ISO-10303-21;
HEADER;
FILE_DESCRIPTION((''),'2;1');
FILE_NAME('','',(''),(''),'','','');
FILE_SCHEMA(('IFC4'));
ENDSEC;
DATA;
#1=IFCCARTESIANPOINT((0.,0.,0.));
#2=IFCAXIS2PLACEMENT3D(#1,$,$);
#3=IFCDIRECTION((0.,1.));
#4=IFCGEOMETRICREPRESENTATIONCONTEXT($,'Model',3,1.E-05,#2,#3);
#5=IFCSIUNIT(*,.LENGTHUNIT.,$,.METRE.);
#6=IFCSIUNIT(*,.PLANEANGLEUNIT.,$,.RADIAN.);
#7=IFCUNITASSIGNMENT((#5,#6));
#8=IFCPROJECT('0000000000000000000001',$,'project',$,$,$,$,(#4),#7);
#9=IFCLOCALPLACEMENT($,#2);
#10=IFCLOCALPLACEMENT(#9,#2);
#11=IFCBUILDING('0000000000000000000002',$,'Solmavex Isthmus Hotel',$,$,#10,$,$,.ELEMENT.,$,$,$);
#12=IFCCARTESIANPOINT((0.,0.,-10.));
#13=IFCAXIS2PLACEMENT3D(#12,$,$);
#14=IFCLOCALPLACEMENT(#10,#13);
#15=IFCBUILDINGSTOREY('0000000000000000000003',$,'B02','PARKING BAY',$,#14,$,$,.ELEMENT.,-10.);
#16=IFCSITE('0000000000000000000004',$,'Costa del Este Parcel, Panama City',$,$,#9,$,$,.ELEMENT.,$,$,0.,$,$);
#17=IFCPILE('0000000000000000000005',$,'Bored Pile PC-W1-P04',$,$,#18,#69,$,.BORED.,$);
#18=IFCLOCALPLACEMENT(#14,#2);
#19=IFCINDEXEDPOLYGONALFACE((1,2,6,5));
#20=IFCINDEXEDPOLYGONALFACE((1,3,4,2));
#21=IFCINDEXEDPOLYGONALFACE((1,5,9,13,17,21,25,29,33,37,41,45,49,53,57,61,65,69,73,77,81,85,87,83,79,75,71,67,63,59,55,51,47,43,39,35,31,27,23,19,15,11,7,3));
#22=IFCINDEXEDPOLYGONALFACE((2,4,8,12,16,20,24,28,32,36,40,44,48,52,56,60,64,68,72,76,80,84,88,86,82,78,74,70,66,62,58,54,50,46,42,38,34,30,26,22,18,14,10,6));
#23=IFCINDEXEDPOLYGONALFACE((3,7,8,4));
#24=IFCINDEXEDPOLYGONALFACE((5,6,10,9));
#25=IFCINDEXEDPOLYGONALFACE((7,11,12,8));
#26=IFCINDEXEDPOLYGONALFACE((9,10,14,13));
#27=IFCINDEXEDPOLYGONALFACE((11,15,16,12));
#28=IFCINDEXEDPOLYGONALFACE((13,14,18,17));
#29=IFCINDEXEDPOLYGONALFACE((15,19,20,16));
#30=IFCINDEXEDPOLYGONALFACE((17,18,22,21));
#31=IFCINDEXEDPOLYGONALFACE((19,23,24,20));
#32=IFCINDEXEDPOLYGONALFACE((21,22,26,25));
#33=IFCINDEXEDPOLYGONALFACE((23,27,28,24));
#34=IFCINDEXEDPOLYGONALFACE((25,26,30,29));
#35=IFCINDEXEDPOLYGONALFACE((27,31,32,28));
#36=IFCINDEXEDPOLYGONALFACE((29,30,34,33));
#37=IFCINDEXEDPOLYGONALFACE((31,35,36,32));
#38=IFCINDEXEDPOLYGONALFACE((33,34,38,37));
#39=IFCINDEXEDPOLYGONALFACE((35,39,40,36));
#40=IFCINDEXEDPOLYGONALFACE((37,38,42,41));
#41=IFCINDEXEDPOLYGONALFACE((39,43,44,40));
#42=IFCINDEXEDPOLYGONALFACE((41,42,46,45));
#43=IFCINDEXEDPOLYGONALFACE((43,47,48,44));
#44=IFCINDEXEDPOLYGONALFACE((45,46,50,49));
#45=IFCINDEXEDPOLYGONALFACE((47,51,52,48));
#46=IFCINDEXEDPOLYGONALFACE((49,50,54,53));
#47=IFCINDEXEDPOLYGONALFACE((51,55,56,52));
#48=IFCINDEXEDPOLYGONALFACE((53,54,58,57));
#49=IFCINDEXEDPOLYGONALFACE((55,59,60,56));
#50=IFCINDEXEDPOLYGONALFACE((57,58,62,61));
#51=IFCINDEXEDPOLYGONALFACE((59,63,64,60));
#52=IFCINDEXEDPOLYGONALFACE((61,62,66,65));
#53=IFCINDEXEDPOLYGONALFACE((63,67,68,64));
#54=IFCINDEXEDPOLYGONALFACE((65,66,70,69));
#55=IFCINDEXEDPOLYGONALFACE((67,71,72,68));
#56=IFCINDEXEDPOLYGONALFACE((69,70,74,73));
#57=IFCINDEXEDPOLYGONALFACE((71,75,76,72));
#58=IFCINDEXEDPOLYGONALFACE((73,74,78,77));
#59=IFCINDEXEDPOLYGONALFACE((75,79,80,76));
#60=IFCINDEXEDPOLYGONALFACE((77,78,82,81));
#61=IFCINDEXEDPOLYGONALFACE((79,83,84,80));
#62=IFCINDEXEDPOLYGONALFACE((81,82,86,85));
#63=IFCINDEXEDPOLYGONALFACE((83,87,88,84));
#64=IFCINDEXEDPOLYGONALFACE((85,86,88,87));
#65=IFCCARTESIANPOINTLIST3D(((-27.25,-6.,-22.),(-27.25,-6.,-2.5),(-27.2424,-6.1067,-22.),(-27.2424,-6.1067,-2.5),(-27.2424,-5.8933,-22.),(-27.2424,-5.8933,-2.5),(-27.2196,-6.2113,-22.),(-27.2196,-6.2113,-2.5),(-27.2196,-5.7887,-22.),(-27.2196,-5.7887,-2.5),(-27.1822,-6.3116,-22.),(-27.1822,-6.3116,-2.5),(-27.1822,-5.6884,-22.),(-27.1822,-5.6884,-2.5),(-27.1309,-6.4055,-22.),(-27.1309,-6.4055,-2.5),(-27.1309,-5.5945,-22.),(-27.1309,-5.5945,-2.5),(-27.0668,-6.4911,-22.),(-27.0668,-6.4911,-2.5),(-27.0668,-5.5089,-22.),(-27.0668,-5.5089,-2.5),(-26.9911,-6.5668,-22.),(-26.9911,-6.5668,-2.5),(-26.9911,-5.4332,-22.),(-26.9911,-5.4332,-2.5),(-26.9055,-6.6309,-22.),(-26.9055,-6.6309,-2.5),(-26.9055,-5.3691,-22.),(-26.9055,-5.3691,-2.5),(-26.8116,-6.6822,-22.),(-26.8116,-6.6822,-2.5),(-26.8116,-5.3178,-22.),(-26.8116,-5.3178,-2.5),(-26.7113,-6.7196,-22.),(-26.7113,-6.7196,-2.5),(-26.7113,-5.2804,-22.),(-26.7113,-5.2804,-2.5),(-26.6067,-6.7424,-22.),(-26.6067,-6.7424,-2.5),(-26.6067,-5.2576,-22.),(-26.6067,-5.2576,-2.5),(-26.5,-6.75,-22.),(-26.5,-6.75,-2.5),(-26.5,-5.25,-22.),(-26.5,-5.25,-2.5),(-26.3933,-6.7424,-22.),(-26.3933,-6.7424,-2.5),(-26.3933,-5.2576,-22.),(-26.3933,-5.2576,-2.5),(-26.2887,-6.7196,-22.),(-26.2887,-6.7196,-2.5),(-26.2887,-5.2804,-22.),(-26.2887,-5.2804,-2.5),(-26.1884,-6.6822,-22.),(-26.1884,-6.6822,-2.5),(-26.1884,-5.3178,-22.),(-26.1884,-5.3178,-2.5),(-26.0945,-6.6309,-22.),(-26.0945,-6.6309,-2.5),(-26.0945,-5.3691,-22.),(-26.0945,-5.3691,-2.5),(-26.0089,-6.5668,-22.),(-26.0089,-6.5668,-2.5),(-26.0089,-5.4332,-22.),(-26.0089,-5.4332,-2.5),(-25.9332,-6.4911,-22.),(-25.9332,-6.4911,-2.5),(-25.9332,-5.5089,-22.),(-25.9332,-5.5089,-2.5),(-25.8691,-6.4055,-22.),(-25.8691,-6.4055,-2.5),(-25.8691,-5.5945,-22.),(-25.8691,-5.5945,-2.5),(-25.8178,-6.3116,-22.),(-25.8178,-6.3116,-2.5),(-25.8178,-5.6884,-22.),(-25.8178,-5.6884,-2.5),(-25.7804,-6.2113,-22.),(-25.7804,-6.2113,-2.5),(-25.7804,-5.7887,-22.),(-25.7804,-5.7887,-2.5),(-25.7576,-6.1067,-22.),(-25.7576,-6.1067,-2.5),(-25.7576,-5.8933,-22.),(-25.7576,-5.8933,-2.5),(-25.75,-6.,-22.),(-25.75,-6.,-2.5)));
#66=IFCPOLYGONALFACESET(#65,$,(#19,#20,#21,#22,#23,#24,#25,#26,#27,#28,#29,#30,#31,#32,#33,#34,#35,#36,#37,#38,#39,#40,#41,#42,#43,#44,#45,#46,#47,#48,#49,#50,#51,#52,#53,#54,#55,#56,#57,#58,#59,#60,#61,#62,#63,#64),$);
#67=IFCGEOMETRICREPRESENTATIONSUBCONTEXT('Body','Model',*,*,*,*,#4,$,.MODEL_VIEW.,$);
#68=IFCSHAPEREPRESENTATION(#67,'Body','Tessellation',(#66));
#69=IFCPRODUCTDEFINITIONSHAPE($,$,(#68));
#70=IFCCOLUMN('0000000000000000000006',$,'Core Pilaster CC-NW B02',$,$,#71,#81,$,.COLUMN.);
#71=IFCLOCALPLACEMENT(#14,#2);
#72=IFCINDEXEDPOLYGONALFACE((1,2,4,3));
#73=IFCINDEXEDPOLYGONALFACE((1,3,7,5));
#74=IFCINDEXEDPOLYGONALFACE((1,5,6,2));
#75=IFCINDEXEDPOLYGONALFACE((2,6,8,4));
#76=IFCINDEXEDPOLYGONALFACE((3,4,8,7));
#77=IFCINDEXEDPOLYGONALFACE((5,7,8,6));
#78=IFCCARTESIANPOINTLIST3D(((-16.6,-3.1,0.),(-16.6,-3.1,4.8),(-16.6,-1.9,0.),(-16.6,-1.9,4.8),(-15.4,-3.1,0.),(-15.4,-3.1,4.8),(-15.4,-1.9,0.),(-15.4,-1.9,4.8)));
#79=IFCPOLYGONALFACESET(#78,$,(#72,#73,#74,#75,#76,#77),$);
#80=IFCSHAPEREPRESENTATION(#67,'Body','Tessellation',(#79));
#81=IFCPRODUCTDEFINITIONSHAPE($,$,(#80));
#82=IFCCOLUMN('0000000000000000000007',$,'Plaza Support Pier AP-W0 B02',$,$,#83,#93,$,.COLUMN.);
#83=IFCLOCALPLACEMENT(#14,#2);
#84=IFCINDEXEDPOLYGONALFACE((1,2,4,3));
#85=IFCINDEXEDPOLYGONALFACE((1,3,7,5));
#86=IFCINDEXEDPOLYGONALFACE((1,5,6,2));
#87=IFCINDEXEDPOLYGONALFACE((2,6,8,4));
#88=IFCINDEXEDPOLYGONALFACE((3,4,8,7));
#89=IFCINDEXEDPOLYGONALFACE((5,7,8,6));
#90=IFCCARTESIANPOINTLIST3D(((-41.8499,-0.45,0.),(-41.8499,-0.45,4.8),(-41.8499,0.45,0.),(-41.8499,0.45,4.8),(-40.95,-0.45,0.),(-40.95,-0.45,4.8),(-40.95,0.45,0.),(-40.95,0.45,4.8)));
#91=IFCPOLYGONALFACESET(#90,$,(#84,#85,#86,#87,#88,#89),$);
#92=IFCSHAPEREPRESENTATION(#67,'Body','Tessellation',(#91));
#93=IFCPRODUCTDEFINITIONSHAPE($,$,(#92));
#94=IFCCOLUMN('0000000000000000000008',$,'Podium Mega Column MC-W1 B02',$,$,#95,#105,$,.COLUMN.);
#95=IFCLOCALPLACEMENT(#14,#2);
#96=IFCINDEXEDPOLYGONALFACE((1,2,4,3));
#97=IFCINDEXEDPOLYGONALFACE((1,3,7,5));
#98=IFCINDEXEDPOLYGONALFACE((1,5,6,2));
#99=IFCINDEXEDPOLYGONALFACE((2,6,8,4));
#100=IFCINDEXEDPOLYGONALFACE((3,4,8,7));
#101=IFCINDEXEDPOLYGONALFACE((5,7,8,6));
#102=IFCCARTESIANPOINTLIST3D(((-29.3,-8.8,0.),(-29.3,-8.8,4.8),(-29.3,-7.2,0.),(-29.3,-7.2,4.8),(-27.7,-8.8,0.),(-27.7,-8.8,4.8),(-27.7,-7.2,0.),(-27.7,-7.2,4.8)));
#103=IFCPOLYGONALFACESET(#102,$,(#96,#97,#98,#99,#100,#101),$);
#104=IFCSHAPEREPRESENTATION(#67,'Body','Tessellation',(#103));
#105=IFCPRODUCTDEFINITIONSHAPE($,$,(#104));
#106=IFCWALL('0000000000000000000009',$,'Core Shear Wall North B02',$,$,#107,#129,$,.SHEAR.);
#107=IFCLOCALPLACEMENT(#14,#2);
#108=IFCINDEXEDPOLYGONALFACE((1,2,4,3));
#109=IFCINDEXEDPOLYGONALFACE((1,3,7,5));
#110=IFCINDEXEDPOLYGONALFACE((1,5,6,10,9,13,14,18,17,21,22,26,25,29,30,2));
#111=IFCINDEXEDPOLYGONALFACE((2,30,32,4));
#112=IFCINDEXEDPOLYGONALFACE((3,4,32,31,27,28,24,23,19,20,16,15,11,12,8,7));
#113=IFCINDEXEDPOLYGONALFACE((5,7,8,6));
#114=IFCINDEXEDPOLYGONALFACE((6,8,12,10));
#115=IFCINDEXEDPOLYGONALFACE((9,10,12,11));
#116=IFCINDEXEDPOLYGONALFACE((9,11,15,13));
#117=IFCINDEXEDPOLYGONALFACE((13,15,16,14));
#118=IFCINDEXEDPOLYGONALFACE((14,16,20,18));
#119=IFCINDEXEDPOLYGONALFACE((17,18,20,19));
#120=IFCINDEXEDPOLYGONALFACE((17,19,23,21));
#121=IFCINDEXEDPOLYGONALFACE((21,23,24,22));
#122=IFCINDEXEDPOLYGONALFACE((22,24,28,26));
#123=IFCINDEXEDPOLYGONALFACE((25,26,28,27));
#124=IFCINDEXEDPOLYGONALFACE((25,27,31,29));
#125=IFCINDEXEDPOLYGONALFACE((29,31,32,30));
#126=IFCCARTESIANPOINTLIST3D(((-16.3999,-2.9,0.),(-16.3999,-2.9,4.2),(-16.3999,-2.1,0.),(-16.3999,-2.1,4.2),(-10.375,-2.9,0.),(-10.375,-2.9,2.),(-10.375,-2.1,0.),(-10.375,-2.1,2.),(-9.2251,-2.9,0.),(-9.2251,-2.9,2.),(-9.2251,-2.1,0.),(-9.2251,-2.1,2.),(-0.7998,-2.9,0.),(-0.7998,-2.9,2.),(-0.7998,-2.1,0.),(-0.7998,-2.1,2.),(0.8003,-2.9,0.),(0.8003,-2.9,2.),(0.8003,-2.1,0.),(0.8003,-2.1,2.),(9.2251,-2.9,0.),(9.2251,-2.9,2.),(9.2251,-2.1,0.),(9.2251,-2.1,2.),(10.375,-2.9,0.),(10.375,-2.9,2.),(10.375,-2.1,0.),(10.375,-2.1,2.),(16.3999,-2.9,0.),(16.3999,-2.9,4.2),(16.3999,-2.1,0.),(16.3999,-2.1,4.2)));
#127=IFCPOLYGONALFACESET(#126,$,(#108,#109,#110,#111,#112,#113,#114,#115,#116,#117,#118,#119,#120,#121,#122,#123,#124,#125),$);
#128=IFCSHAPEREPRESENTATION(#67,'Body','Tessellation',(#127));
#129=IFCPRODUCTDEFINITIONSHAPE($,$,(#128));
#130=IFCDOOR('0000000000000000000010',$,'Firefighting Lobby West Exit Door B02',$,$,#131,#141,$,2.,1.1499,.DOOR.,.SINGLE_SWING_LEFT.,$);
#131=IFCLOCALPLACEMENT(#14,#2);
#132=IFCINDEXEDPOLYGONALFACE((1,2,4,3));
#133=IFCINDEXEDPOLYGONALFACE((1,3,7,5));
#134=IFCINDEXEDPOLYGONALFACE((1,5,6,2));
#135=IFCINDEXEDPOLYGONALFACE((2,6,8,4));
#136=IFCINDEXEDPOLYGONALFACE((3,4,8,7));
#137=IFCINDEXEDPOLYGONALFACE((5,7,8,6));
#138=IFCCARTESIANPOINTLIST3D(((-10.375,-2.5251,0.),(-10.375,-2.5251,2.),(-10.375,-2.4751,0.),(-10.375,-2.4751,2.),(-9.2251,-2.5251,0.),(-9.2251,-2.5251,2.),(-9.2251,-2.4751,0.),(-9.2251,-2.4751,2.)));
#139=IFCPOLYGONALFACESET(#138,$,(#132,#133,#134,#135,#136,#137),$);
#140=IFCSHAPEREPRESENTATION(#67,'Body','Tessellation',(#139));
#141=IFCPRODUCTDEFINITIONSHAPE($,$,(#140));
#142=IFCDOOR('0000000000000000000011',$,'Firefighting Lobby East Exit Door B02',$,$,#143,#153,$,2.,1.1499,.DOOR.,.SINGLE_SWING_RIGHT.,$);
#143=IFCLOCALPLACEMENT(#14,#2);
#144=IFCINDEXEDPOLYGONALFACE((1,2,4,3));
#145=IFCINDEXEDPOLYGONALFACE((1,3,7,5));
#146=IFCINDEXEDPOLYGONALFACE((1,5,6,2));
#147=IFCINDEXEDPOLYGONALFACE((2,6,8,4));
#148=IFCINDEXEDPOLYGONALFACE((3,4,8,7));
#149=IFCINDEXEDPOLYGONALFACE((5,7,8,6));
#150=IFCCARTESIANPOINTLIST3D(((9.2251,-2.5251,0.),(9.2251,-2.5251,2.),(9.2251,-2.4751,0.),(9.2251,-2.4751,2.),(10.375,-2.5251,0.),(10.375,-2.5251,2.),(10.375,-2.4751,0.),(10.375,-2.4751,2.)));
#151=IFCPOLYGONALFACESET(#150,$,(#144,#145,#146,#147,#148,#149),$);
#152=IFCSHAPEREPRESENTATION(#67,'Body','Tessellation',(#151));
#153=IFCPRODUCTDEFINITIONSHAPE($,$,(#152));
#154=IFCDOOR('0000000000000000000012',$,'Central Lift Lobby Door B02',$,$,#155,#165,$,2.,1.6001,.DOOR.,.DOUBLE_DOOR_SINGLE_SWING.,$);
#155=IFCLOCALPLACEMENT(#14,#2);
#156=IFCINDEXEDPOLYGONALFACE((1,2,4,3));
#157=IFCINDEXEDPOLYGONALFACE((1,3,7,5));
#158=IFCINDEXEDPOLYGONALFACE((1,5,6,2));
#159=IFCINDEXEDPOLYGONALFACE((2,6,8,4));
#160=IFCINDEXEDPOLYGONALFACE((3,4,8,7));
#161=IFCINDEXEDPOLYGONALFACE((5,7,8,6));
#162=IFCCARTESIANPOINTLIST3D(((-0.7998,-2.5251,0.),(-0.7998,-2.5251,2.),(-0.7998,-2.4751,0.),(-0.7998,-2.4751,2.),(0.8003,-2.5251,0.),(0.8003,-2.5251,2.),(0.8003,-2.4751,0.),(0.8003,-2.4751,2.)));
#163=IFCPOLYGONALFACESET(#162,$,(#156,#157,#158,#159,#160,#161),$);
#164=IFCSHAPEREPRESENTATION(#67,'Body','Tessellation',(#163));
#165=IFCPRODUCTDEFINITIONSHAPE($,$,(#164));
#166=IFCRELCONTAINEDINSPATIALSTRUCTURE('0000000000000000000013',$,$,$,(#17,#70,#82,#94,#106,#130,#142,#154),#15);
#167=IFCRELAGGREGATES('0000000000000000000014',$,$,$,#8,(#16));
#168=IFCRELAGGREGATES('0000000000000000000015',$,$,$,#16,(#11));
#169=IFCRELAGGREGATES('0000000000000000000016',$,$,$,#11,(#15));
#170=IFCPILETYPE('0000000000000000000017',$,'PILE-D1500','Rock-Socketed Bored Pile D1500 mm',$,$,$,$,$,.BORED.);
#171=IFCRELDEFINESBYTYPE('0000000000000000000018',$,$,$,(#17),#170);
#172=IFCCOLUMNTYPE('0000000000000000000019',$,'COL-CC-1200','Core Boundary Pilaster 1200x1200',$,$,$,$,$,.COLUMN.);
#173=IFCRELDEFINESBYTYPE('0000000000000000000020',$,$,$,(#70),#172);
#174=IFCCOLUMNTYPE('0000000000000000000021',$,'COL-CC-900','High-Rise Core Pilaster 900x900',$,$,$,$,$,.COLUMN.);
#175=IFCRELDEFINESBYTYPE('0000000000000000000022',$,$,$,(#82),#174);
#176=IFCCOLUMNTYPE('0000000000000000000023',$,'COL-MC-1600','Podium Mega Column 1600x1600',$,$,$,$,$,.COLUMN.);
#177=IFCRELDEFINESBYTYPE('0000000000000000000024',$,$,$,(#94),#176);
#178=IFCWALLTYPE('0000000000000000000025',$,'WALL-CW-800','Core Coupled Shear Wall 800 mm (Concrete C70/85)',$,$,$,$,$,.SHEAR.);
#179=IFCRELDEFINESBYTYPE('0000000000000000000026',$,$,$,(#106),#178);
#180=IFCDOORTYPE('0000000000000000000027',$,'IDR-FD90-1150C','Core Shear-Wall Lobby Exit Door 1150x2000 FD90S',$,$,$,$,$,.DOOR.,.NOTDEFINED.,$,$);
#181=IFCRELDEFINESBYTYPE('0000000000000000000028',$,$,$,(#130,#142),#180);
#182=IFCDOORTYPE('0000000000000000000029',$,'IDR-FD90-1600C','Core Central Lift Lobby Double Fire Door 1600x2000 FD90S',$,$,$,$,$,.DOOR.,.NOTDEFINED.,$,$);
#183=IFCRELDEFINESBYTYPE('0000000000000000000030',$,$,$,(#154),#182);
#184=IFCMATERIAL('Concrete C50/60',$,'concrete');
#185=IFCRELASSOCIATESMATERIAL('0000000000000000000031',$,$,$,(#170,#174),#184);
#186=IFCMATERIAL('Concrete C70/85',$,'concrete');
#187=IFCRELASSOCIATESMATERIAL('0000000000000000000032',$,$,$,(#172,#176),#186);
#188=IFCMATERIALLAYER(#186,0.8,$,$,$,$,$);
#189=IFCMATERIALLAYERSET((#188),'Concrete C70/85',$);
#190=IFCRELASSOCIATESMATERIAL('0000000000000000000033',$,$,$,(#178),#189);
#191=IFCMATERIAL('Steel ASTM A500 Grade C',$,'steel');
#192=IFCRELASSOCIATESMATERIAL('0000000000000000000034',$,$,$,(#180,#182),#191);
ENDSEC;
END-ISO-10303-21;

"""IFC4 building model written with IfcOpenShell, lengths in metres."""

from ifc_helpers import new_model, si_unit, direction, frame, frame_2d, origin, origin_2d, place, context, subcontext, project, spatial, rectangle, circle, extrude, material, layer, layer_set, material_profile, profile_set, type_object, element, fill, save


model = new_model("IFC4")

# Units and contexts
model_context = context("Model", 3, precision=1e-05, world=origin(), true_north=direction((0.0, 1.0)))
body_context = subcontext(model_context, "Body", "Model", "MODEL_VIEW")
ifc_project = project(units=[si_unit("LENGTHUNIT", "METRE"), si_unit("PLANEANGLEUNIT", "RADIAN")], contexts=[model_context])

# Site, building, storey
site_placement = place(None, origin())
site = spatial("IfcSite", under=ifc_project, at=site_placement, Name="Costa del Este Parcel, Panama City", CompositionType="ELEMENT", RefElevation=0.0)
building_placement = place(site_placement, origin())
building = spatial("IfcBuilding", under=site, at=building_placement, Name="Solmavex Isthmus Hotel", CompositionType="ELEMENT")
storey_placement = place(building_placement, frame((0.0, 0.0, -10.0)))
storey = spatial("IfcBuildingStorey", under=building, at=storey_placement, Name="B02", Description="PARKING BAY", CompositionType="ELEMENT", Elevation=-10.0)

# Shared definitions
ifc_material_1 = material(Name="Concrete C50/60", Category="concrete")

# Pile
ifc_material_profile_1 = material_profile(ifc_material_1, circle(Radius=0.75, at=origin_2d()), Name="PILE1500")
ifc_profile_set_1 = profile_set([ifc_material_profile_1], Name="Concrete C50/60")
pile_type = type_object("IfcPileType", Name="PILE-D1500", Description="Rock-Socketed Bored Pile D1500 mm", PredefinedType="BORED", material=ifc_profile_set_1)
for number, where, z_axis, x_axis, name in (
    (1, (-26.5, -6.0, -2.5), (0.0, 0.0, -1.0), (1.0, 0.0, 0.0), "Bored Pile PC-W1-P04"),
):
    element("IfcPile", number, at=place(storey_placement, frame(where, z_axis=z_axis, x_axis=x_axis)), inside=storey, type_object=pile_type, Name=name, PredefinedType="BORED", context=body_context, shape_type="SweptSolid", body=[
        extrude(circle(Radius=0.75, at=origin_2d()), origin(), (0.0, 0.0, 1.0), 19.5),
    ])

# Columns
ifc_material_2 = material(Name="Concrete C70/85", Category="concrete")
ifc_material_profile_2 = material_profile(ifc_material_2, rectangle(XDim=1.2, YDim=1.2, at=origin_2d()), Name="RC1200X1200")
ifc_profile_set_2 = profile_set([ifc_material_profile_2], Name="Concrete C70/85")
column_type_1 = type_object("IfcColumnType", Name="COL-CC-1200", Description="Core Boundary Pilaster 1200x1200", PredefinedType="COLUMN", material=ifc_profile_set_2)
column_1_placement = place(storey_placement, frame((-16.0, -2.5, 0.0), z_axis=(0.0, 0.0, 1.0), x_axis=(1.0, 0.0, 0.0)))
element("IfcColumn", 2, at=column_1_placement, inside=storey, type_object=column_type_1, Name="Core Pilaster CC-NW B02", PredefinedType="COLUMN", context=body_context, shape_type="SweptSolid", body=[
    extrude(rectangle(XDim=1.2, YDim=1.2, at=origin_2d()), origin(), (0.0, 0.0, 1.0), 4.8),
])
ifc_material_profile_3 = material_profile(ifc_material_1, rectangle(XDim=0.8999, YDim=0.8999, at=origin_2d()), Name="RC900X900")
ifc_profile_set_3 = profile_set([ifc_material_profile_3], Name="Concrete C50/60")
column_type_2 = type_object("IfcColumnType", Name="COL-CC-900", Description="High-Rise Core Pilaster 900x900", PredefinedType="COLUMN", material=ifc_profile_set_3)
column_2_placement = place(storey_placement, frame((-41.3999, 0.0, 0.0), z_axis=(0.0, 0.0, 1.0), x_axis=(1.0, 0.0, 0.0)))
element("IfcColumn", 3, at=column_2_placement, inside=storey, type_object=column_type_2, Name="Plaza Support Pier AP-W0 B02", PredefinedType="COLUMN", context=body_context, shape_type="SweptSolid", body=[
    extrude(rectangle(XDim=0.8999, YDim=0.8999, at=origin_2d()), origin(), (0.0, 0.0, 1.0), 4.8),
])
ifc_material_profile_4 = material_profile(ifc_material_2, rectangle(XDim=1.6001, YDim=1.6001, at=origin_2d()), Name="RC1600X1600")
ifc_profile_set_4 = profile_set([ifc_material_profile_4], Name="Concrete C70/85")
column_type_3 = type_object("IfcColumnType", Name="COL-MC-1600", Description="Podium Mega Column 1600x1600", PredefinedType="COLUMN", material=ifc_profile_set_4)
column_3_placement = place(storey_placement, frame((-28.5, -8.0, 0.0), z_axis=(0.0, 0.0, 1.0), x_axis=(1.0, 0.0, 0.0)))
element("IfcColumn", 4, at=column_3_placement, inside=storey, type_object=column_type_3, Name="Podium Mega Column MC-W1 B02", PredefinedType="COLUMN", context=body_context, shape_type="SweptSolid", body=[
    extrude(rectangle(XDim=1.6001, YDim=1.6001, at=origin_2d()), origin(), (0.0, 0.0, 1.0), 4.8),
])

# Wall, openings, doors
ifc_layer_1 = layer(ifc_material_2, 0.8)
ifc_layer_set_1 = layer_set([ifc_layer_1], Name="Concrete C70/85")
wall_type_1 = type_object("IfcWallType", Name="WALL-CW-800", Description="Core Coupled Shear Wall 800 mm (Concrete C70/85)", PredefinedType="SHEAR", material=ifc_layer_set_1)
wall_1_placement = place(storey_placement, frame((-16.3999, -2.5, 0.0), z_axis=(0.0, 0.0, 1.0), x_axis=(1.0, 0.0, 0.0)))
wall_1 = element("IfcWall", 5, at=wall_1_placement, inside=storey, type_object=wall_type_1, Name="Core Shear Wall North B02", PredefinedType="SHEAR", context=body_context, shape_type="SweptSolid", body=[
    extrude(rectangle(XDim=32.7998, YDim=0.8, at=frame_2d((16.3999, 0.0))), origin(), (0.0, 0.0, 1.0), 4.2),
])
opening_1_placement = place(wall_1_placement, frame((6.0249, 0.0, 0.0)))
opening_1 = element("IfcOpeningElement", 6, at=opening_1_placement, cuts=wall_1, PredefinedType="OPENING", context=body_context, shape_type="SweptSolid", body=[
    extrude(rectangle(XDim=1.1499, YDim=2.0, at=frame_2d((0.575, 1.0))), frame((0.0, 0.4099, 0.0), z_axis=(0.0, -1.0, 0.0), x_axis=(1.0, 0.0, 0.0)), (0.0, 0.0, 1.0), 0.8201),
])
opening_2_placement = place(wall_1_placement, frame((15.6001, 0.0, 0.0)))
opening_2 = element("IfcOpeningElement", 7, at=opening_2_placement, cuts=wall_1, PredefinedType="OPENING", context=body_context, shape_type="SweptSolid", body=[
    extrude(rectangle(XDim=1.6001, YDim=2.0, at=frame_2d((0.8, 1.0))), frame((0.0, 0.4099, 0.0), z_axis=(0.0, -1.0, 0.0), x_axis=(1.0, 0.0, 0.0)), (0.0, 0.0, 1.0), 0.8201),
])
opening_3_placement = place(wall_1_placement, frame((25.625, 0.0, 0.0)))
opening_3 = element("IfcOpeningElement", 8, at=opening_3_placement, cuts=wall_1, PredefinedType="OPENING", context=body_context, shape_type="SweptSolid", body=[
    extrude(rectangle(XDim=1.1499, YDim=2.0, at=frame_2d((0.575, 1.0))), frame((0.0, 0.4099, 0.0), z_axis=(0.0, -1.0, 0.0), x_axis=(1.0, 0.0, 0.0)), (0.0, 0.0, 1.0), 0.8201),
])
ifc_material_3 = material(Name="Steel ASTM A500 Grade C", Category="steel")
door_type_1 = type_object("IfcDoorType", Name="IDR-FD90-1150C", Description="Core Shear-Wall Lobby Exit Door 1150x2000 FD90S", OperationType="NOTDEFINED", PredefinedType="DOOR", material=ifc_material_3)
door_1_placement = place(opening_1_placement, origin())
door_1 = element("IfcDoor", 9, at=door_1_placement, inside=storey, type_object=door_type_1, Name="Firefighting Lobby West Exit Door B02", OperationType="SINGLE_SWING_LEFT", OverallHeight=2.0, OverallWidth=1.1499, PredefinedType="DOOR", context=body_context, shape_type="SweptSolid", body=[
    extrude(rectangle(XDim=1.1499, YDim=2.0, at=frame_2d((0.575, 1.0))), frame((0.0, 0.0249, 0.0), z_axis=(0.0, -1.0, 0.0), x_axis=(1.0, 0.0, 0.0)), (0.0, 0.0, 1.0), 0.05),
])
fill(opening_1, door_1)
door_2_placement = place(opening_3_placement, origin())
door_2 = element("IfcDoor", 10, at=door_2_placement, inside=storey, type_object=door_type_1, Name="Firefighting Lobby East Exit Door B02", OperationType="SINGLE_SWING_RIGHT", OverallHeight=2.0, OverallWidth=1.1499, PredefinedType="DOOR", context=body_context, shape_type="SweptSolid", body=[
    extrude(rectangle(XDim=1.1499, YDim=2.0, at=frame_2d((0.575, 1.0))), frame((0.0, 0.0249, 0.0), z_axis=(0.0, -1.0, 0.0), x_axis=(1.0, 0.0, 0.0)), (0.0, 0.0, 1.0), 0.05),
])
fill(opening_3, door_2)
door_type_2 = type_object("IfcDoorType", Name="IDR-FD90-1600C", Description="Core Central Lift Lobby Double Fire Door 1600x2000 FD90S", OperationType="NOTDEFINED", PredefinedType="DOOR", material=ifc_material_3)
door_3_placement = place(opening_2_placement, origin())
door_3 = element("IfcDoor", 11, at=door_3_placement, inside=storey, type_object=door_type_2, Name="Central Lift Lobby Door B02", OperationType="DOUBLE_DOOR_SINGLE_SWING", OverallHeight=2.0, OverallWidth=1.6001, PredefinedType="DOOR", context=body_context, shape_type="SweptSolid", body=[
    extrude(rectangle(XDim=1.6001, YDim=2.0, at=frame_2d((0.8, 1.0))), frame((0.0, 0.0249, 0.0), z_axis=(0.0, -1.0, 0.0), x_axis=(1.0, 0.0, 0.0)), (0.0, 0.0, 1.0), 0.05),
])
fill(opening_2, door_3)

save(model, "model.ifc")
